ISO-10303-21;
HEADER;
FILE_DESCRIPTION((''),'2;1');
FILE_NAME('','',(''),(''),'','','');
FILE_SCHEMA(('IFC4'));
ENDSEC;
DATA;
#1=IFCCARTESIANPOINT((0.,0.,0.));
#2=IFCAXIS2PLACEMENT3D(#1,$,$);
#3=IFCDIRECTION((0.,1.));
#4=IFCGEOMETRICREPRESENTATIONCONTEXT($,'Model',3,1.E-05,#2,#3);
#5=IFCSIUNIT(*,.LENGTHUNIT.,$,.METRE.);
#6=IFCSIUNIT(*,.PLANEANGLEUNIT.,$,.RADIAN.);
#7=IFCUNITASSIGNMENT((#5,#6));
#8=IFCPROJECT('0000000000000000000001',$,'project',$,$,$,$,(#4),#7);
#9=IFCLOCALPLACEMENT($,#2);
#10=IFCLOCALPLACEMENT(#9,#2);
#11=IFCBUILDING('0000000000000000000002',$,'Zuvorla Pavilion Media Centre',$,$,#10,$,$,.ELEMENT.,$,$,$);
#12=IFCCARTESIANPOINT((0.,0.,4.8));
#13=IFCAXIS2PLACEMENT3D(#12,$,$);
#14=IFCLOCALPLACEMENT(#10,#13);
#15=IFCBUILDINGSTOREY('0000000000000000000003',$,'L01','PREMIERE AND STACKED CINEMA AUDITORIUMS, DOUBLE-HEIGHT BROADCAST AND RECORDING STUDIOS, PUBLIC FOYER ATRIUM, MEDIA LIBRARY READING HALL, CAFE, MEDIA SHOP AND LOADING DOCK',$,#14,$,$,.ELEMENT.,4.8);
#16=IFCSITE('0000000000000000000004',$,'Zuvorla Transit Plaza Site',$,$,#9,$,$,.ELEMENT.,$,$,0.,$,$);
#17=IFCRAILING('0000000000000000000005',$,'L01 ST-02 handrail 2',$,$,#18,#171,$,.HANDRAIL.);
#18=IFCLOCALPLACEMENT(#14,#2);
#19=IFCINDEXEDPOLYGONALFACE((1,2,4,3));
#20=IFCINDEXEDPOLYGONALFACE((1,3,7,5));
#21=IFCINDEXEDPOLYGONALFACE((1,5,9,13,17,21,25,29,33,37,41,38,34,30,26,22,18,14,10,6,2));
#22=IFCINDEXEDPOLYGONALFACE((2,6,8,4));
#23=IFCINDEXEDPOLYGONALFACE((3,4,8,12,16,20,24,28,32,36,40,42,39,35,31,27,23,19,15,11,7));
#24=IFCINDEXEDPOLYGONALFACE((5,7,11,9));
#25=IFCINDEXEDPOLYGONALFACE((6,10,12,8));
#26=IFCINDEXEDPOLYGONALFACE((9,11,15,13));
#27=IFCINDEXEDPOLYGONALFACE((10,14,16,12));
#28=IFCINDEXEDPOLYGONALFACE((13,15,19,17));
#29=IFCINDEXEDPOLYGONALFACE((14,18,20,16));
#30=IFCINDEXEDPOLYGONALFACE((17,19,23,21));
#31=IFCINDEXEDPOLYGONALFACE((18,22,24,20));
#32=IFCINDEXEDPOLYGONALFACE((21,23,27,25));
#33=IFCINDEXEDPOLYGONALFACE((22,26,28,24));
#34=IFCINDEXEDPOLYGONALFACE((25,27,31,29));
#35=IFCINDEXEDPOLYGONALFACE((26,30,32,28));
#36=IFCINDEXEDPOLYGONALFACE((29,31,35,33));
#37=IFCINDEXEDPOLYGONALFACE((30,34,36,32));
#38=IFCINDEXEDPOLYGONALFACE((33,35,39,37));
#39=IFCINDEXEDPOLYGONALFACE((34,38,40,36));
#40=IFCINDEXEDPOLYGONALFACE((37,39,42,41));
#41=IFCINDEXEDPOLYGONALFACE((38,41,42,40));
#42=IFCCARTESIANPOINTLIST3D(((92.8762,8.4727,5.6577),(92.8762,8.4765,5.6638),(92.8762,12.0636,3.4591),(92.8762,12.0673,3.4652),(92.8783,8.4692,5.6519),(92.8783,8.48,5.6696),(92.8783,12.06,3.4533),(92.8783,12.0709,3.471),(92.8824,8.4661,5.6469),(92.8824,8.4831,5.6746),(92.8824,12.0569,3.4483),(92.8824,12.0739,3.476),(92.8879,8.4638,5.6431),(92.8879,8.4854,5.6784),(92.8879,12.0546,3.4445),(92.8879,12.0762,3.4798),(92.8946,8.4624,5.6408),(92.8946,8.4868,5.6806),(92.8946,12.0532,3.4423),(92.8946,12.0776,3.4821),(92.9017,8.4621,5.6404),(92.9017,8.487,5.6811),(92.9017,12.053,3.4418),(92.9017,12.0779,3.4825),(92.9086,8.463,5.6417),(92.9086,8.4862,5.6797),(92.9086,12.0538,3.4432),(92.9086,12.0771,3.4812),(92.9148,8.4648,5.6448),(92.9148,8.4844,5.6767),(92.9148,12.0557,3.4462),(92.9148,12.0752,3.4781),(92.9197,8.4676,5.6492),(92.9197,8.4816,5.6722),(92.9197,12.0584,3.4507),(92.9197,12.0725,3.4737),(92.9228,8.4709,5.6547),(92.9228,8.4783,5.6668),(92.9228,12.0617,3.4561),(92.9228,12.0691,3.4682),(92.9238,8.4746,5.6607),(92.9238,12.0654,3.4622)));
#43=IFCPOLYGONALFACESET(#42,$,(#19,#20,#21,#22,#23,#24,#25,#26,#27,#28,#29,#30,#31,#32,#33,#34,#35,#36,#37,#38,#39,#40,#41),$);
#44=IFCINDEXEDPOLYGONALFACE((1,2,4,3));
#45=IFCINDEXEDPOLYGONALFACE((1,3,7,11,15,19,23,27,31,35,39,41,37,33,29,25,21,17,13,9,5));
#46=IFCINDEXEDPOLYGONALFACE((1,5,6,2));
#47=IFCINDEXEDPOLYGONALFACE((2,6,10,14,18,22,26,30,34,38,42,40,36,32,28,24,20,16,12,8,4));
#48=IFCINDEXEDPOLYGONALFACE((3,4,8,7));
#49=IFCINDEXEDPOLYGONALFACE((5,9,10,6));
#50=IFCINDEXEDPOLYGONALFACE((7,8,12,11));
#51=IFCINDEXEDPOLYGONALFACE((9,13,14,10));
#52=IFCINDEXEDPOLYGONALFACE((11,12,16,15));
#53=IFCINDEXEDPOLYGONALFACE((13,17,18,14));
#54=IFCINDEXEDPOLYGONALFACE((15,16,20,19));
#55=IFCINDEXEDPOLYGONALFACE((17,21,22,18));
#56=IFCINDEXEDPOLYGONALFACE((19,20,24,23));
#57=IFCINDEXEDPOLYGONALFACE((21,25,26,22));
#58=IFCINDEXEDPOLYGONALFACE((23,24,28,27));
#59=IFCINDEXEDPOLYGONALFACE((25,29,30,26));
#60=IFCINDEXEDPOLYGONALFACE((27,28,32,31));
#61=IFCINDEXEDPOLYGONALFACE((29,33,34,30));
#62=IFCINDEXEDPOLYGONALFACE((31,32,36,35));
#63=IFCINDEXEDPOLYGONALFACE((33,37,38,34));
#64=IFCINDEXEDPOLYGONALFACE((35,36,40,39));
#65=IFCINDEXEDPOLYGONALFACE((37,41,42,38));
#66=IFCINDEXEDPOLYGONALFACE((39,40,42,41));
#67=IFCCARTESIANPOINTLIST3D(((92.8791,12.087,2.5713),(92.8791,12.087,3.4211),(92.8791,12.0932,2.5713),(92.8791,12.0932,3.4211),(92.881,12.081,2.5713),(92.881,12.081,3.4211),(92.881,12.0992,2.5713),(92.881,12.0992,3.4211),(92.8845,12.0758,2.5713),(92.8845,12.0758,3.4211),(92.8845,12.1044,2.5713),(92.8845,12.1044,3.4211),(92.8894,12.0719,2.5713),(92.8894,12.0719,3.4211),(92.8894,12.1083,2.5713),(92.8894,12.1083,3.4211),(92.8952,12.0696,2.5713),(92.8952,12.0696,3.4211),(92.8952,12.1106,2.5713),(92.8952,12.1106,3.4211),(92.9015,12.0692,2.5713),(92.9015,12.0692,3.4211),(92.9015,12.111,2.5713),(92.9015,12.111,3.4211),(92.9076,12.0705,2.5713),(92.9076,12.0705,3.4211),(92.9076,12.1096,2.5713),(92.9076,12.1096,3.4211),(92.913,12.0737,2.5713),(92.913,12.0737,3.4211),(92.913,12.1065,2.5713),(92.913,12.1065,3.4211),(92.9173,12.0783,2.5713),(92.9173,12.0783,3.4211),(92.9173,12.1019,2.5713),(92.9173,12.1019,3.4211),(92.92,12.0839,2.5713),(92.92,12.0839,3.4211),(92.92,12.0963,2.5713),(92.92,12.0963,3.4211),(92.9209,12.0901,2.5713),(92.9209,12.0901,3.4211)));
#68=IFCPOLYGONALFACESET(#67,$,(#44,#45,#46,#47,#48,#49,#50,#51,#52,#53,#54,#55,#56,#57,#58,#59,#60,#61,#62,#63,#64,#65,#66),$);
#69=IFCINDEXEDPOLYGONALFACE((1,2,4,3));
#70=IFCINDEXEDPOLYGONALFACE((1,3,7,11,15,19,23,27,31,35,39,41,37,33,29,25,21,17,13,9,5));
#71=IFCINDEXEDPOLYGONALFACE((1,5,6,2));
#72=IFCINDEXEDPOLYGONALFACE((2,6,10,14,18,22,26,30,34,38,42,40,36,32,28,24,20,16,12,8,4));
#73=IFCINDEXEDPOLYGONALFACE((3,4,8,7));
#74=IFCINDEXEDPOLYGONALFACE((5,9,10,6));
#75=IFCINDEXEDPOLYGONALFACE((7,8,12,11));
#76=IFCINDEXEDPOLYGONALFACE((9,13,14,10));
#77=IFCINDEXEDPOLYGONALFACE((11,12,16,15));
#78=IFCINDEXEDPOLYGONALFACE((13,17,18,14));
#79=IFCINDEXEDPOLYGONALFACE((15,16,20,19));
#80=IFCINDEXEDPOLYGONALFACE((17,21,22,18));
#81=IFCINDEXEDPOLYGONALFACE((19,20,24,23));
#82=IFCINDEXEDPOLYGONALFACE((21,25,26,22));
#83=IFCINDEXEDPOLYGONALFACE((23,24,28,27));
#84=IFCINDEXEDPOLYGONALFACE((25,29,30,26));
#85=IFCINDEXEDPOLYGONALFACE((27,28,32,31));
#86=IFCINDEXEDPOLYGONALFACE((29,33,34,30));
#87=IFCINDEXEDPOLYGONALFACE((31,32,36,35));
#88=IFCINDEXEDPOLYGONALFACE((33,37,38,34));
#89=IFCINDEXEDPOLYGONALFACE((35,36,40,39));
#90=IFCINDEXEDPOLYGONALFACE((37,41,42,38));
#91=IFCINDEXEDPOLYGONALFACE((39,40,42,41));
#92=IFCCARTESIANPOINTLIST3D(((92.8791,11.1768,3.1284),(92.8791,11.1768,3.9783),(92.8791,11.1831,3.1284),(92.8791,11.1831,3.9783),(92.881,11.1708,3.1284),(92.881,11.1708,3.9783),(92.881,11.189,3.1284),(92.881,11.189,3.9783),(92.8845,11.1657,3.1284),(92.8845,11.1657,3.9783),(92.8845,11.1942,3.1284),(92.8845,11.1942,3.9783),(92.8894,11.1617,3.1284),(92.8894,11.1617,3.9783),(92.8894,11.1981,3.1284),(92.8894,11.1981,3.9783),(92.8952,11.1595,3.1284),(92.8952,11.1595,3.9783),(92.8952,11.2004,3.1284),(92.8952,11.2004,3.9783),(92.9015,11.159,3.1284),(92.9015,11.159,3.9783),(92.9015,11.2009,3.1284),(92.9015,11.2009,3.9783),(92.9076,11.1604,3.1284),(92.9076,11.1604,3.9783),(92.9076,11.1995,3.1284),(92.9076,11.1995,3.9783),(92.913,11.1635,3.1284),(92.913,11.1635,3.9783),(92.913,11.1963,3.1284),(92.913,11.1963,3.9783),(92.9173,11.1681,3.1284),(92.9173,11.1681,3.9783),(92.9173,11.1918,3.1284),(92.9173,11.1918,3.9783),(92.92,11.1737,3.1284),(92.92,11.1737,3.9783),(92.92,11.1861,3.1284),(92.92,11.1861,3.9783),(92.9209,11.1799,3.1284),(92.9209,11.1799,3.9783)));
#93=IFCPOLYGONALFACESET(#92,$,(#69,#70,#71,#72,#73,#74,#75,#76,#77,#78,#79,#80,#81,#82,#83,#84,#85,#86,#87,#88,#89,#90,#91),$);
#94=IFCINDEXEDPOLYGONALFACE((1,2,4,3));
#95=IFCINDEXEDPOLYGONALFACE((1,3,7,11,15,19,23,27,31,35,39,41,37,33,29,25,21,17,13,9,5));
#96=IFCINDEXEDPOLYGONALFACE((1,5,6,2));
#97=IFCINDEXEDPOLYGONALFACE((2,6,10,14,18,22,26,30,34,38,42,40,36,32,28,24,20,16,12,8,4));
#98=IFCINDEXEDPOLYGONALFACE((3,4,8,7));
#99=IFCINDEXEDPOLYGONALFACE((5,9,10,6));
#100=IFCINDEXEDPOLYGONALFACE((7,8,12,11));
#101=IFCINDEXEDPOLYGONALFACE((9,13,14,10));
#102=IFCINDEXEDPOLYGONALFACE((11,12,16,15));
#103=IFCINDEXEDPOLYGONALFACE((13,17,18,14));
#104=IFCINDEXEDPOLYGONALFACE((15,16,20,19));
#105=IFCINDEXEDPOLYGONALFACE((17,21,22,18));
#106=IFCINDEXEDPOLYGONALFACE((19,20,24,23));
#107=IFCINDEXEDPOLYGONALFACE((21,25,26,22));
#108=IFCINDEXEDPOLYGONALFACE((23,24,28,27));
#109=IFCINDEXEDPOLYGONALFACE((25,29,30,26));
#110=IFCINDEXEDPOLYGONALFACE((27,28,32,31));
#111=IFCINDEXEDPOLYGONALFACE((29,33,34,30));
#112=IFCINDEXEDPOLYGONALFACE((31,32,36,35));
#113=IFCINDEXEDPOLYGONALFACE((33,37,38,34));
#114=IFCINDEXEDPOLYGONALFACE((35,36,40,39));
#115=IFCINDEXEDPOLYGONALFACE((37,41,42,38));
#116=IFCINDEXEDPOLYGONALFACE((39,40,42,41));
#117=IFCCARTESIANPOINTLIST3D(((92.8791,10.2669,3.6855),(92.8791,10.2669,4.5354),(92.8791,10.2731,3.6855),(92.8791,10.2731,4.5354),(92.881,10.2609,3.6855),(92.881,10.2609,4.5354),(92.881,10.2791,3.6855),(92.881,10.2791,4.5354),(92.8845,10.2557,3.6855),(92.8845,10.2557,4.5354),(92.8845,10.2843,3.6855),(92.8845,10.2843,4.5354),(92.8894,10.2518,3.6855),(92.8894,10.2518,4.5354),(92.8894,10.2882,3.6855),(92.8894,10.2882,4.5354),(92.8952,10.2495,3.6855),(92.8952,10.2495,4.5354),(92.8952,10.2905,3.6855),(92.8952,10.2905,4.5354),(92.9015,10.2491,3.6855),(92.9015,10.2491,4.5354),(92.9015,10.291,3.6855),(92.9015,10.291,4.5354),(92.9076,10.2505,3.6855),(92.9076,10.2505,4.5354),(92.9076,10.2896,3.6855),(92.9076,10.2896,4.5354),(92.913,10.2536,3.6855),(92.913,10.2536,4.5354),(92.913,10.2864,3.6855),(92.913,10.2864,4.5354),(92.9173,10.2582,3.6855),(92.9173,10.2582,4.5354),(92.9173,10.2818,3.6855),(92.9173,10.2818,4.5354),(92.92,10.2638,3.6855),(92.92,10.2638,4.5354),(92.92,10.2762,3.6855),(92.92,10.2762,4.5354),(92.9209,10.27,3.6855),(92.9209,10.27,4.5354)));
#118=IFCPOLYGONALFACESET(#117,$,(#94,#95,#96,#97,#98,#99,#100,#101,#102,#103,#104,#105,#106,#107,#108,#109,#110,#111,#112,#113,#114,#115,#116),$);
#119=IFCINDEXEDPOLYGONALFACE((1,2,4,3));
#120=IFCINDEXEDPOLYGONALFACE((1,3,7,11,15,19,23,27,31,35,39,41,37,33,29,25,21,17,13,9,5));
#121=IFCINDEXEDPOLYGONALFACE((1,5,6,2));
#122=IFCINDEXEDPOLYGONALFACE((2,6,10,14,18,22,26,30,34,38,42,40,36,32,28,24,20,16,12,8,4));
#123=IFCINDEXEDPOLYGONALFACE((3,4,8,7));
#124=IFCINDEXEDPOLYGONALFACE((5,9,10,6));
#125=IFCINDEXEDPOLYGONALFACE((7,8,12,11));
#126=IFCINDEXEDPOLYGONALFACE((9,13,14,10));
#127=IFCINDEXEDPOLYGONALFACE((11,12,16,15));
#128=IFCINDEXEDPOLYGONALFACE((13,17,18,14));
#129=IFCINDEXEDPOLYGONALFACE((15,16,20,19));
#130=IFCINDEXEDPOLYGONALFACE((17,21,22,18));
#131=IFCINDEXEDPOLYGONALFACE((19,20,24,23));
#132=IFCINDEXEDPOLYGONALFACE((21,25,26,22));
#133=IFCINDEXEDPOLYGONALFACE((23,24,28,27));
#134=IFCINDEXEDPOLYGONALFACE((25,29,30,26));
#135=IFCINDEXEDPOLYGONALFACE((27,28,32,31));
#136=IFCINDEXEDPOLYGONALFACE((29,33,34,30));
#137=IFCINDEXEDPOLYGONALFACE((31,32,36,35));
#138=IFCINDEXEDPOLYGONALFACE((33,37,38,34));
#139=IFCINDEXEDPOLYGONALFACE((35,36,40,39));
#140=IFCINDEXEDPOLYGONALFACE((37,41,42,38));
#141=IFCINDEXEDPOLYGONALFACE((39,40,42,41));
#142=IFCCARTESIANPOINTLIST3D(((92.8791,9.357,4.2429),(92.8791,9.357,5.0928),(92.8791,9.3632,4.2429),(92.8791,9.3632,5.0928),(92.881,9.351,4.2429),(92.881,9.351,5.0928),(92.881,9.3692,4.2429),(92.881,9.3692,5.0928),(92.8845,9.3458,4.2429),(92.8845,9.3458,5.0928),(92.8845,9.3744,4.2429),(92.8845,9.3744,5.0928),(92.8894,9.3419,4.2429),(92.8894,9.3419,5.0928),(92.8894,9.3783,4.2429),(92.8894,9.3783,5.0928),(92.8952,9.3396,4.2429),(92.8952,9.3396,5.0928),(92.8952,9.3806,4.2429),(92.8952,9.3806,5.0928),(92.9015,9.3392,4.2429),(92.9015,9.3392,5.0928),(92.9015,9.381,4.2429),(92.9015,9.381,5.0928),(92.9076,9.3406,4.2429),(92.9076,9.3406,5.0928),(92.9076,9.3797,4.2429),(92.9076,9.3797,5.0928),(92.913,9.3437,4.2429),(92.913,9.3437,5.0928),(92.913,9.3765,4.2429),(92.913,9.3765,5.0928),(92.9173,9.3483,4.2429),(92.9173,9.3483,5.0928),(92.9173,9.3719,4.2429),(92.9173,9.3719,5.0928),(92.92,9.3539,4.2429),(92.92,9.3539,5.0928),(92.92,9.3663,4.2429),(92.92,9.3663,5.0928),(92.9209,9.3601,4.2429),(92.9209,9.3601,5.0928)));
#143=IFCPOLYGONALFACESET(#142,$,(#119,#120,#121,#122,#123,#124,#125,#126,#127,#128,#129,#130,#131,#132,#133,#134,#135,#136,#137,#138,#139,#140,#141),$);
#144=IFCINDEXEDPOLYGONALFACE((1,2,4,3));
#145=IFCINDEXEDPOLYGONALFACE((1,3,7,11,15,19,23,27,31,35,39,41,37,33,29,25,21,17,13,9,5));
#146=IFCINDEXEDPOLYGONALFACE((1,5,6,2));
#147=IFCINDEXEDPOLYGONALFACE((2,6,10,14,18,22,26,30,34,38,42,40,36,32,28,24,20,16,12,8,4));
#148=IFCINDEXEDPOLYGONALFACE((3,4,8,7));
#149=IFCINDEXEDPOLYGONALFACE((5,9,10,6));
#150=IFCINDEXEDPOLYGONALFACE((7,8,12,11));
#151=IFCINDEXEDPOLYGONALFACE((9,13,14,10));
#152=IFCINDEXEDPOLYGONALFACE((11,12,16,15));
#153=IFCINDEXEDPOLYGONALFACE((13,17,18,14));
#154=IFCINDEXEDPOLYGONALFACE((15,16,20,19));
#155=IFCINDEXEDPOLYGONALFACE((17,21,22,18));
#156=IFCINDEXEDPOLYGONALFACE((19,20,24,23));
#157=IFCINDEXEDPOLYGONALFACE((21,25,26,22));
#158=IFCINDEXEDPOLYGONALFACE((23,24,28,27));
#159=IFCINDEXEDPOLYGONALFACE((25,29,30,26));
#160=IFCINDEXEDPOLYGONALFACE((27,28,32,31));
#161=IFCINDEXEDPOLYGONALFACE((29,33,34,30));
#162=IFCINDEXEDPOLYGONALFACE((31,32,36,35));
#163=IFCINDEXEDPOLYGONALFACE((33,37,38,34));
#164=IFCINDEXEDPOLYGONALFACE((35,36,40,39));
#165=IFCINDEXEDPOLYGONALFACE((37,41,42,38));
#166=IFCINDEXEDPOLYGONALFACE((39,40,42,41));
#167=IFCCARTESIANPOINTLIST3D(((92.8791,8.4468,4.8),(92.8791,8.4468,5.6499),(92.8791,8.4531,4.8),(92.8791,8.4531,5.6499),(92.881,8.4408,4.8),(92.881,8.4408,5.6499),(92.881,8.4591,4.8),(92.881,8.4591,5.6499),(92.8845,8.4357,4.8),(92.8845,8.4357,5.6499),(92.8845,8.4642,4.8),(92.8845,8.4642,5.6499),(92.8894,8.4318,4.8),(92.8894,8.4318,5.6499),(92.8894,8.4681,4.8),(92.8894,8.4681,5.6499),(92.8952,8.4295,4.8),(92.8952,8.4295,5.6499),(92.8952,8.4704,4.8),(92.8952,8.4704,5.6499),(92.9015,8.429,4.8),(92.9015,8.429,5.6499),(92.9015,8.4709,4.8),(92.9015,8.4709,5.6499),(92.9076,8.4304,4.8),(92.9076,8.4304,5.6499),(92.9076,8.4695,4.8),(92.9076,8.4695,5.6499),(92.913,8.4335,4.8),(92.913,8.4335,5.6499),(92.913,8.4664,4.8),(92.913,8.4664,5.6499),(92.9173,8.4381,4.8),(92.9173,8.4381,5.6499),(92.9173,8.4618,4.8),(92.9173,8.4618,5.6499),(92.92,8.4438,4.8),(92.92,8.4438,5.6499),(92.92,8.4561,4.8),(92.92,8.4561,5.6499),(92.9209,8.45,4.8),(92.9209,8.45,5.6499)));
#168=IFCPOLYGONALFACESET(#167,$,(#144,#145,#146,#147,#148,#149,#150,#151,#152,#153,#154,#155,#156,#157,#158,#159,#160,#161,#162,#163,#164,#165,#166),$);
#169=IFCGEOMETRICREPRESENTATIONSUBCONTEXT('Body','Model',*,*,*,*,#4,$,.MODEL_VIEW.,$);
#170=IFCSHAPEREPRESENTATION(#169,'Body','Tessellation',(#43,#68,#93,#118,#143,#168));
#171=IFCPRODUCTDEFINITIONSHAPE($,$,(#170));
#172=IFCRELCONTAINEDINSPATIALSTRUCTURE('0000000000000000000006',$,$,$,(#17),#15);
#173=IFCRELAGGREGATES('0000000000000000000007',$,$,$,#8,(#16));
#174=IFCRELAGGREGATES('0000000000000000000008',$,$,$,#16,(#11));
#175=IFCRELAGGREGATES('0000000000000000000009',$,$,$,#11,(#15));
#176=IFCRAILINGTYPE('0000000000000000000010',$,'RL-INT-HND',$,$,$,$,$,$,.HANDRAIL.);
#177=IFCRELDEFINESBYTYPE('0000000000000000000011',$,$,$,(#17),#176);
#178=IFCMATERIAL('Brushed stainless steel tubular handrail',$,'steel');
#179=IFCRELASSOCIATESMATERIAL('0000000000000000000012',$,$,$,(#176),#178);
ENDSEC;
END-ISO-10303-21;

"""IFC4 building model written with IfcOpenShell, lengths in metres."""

from ifc_helpers import new_model, si_unit, direction, frame, origin, origin_2d, place, context, subcontext, project, spatial, circle, extrude, material, type_object, element, save


model = new_model("IFC4")

# Units and contexts
model_context = context("Model", 3, precision=1e-05, world=origin(), true_north=direction((0.0, 1.0)))
body_context = subcontext(model_context, "Body", "Model", "MODEL_VIEW")
ifc_project = project(units=[si_unit("LENGTHUNIT", "METRE"), si_unit("PLANEANGLEUNIT", "RADIAN")], contexts=[model_context])

# Site, building, storey
site_placement = place(None, origin())
site = spatial("IfcSite", under=ifc_project, at=site_placement, Name="Zuvorla Transit Plaza Site", CompositionType="ELEMENT", RefElevation=0.0)
building_placement = place(site_placement, origin())
building = spatial("IfcBuilding", under=site, at=building_placement, Name="Zuvorla Pavilion Media Centre", CompositionType="ELEMENT")
storey_placement = place(building_placement, frame((0.0, 0.0, 4.8)))
storey = spatial("IfcBuildingStorey", under=building, at=storey_placement, Name="L01", Description="PREMIERE AND STACKED CINEMA AUDITORIUMS, DOUBLE-HEIGHT BROADCAST AND RECORDING STUDIOS, PUBLIC FOYER ATRIUM, MEDIA LIBRARY READING HALL, CAFE, MEDIA SHOP AND LOADING DOCK", CompositionType="ELEMENT", Elevation=4.8)

# Railing
ifc_material_1 = material(Name="Brushed stainless steel tubular handrail", Category="steel")
railing_type_1 = type_object("IfcRailingType", Name="RL-INT-HND", PredefinedType="HANDRAIL", material=ifc_material_1)
railing_1_placement = place(storey_placement, frame((92.8999, 12.0901, 2.5713)))
element("IfcRailing", 1, at=railing_1_placement, inside=storey, type_object=railing_type_1, Name="L01 ST-02 handrail 2", PredefinedType="HANDRAIL", context=body_context, shape_type="SweptSolid", body=[
    extrude(circle(Radius=0.0239, at=origin_2d()), frame((0.0, -0.0247, 0.8909), z_axis=(0.0, -0.85284, 0.522172), x_axis=(1.0, 0.0, 0.0)), (0.0, 0.0, 1.0), 4.2104),
    extrude(circle(Radius=0.021, at=origin_2d()), origin(), (0.0, 0.0, 1.0), 0.8499),
    extrude(circle(Radius=0.021, at=origin_2d()), frame((0.0, -0.9102, 0.5571)), (0.0, 0.0, 1.0), 0.8499),
    extrude(circle(Radius=0.021, at=origin_2d()), frame((0.0, -1.8201, 1.1143)), (0.0, 0.0, 1.0), 0.8499),
    extrude(circle(Radius=0.021, at=origin_2d()), frame((0.0, -2.73, 1.6716)), (0.0, 0.0, 1.0), 0.8499),
    extrude(circle(Radius=0.021, at=origin_2d()), frame((0.0, -3.6401, 2.2288)), (0.0, 0.0, 1.0), 0.8499),
])

save(model, "model.ifc")
